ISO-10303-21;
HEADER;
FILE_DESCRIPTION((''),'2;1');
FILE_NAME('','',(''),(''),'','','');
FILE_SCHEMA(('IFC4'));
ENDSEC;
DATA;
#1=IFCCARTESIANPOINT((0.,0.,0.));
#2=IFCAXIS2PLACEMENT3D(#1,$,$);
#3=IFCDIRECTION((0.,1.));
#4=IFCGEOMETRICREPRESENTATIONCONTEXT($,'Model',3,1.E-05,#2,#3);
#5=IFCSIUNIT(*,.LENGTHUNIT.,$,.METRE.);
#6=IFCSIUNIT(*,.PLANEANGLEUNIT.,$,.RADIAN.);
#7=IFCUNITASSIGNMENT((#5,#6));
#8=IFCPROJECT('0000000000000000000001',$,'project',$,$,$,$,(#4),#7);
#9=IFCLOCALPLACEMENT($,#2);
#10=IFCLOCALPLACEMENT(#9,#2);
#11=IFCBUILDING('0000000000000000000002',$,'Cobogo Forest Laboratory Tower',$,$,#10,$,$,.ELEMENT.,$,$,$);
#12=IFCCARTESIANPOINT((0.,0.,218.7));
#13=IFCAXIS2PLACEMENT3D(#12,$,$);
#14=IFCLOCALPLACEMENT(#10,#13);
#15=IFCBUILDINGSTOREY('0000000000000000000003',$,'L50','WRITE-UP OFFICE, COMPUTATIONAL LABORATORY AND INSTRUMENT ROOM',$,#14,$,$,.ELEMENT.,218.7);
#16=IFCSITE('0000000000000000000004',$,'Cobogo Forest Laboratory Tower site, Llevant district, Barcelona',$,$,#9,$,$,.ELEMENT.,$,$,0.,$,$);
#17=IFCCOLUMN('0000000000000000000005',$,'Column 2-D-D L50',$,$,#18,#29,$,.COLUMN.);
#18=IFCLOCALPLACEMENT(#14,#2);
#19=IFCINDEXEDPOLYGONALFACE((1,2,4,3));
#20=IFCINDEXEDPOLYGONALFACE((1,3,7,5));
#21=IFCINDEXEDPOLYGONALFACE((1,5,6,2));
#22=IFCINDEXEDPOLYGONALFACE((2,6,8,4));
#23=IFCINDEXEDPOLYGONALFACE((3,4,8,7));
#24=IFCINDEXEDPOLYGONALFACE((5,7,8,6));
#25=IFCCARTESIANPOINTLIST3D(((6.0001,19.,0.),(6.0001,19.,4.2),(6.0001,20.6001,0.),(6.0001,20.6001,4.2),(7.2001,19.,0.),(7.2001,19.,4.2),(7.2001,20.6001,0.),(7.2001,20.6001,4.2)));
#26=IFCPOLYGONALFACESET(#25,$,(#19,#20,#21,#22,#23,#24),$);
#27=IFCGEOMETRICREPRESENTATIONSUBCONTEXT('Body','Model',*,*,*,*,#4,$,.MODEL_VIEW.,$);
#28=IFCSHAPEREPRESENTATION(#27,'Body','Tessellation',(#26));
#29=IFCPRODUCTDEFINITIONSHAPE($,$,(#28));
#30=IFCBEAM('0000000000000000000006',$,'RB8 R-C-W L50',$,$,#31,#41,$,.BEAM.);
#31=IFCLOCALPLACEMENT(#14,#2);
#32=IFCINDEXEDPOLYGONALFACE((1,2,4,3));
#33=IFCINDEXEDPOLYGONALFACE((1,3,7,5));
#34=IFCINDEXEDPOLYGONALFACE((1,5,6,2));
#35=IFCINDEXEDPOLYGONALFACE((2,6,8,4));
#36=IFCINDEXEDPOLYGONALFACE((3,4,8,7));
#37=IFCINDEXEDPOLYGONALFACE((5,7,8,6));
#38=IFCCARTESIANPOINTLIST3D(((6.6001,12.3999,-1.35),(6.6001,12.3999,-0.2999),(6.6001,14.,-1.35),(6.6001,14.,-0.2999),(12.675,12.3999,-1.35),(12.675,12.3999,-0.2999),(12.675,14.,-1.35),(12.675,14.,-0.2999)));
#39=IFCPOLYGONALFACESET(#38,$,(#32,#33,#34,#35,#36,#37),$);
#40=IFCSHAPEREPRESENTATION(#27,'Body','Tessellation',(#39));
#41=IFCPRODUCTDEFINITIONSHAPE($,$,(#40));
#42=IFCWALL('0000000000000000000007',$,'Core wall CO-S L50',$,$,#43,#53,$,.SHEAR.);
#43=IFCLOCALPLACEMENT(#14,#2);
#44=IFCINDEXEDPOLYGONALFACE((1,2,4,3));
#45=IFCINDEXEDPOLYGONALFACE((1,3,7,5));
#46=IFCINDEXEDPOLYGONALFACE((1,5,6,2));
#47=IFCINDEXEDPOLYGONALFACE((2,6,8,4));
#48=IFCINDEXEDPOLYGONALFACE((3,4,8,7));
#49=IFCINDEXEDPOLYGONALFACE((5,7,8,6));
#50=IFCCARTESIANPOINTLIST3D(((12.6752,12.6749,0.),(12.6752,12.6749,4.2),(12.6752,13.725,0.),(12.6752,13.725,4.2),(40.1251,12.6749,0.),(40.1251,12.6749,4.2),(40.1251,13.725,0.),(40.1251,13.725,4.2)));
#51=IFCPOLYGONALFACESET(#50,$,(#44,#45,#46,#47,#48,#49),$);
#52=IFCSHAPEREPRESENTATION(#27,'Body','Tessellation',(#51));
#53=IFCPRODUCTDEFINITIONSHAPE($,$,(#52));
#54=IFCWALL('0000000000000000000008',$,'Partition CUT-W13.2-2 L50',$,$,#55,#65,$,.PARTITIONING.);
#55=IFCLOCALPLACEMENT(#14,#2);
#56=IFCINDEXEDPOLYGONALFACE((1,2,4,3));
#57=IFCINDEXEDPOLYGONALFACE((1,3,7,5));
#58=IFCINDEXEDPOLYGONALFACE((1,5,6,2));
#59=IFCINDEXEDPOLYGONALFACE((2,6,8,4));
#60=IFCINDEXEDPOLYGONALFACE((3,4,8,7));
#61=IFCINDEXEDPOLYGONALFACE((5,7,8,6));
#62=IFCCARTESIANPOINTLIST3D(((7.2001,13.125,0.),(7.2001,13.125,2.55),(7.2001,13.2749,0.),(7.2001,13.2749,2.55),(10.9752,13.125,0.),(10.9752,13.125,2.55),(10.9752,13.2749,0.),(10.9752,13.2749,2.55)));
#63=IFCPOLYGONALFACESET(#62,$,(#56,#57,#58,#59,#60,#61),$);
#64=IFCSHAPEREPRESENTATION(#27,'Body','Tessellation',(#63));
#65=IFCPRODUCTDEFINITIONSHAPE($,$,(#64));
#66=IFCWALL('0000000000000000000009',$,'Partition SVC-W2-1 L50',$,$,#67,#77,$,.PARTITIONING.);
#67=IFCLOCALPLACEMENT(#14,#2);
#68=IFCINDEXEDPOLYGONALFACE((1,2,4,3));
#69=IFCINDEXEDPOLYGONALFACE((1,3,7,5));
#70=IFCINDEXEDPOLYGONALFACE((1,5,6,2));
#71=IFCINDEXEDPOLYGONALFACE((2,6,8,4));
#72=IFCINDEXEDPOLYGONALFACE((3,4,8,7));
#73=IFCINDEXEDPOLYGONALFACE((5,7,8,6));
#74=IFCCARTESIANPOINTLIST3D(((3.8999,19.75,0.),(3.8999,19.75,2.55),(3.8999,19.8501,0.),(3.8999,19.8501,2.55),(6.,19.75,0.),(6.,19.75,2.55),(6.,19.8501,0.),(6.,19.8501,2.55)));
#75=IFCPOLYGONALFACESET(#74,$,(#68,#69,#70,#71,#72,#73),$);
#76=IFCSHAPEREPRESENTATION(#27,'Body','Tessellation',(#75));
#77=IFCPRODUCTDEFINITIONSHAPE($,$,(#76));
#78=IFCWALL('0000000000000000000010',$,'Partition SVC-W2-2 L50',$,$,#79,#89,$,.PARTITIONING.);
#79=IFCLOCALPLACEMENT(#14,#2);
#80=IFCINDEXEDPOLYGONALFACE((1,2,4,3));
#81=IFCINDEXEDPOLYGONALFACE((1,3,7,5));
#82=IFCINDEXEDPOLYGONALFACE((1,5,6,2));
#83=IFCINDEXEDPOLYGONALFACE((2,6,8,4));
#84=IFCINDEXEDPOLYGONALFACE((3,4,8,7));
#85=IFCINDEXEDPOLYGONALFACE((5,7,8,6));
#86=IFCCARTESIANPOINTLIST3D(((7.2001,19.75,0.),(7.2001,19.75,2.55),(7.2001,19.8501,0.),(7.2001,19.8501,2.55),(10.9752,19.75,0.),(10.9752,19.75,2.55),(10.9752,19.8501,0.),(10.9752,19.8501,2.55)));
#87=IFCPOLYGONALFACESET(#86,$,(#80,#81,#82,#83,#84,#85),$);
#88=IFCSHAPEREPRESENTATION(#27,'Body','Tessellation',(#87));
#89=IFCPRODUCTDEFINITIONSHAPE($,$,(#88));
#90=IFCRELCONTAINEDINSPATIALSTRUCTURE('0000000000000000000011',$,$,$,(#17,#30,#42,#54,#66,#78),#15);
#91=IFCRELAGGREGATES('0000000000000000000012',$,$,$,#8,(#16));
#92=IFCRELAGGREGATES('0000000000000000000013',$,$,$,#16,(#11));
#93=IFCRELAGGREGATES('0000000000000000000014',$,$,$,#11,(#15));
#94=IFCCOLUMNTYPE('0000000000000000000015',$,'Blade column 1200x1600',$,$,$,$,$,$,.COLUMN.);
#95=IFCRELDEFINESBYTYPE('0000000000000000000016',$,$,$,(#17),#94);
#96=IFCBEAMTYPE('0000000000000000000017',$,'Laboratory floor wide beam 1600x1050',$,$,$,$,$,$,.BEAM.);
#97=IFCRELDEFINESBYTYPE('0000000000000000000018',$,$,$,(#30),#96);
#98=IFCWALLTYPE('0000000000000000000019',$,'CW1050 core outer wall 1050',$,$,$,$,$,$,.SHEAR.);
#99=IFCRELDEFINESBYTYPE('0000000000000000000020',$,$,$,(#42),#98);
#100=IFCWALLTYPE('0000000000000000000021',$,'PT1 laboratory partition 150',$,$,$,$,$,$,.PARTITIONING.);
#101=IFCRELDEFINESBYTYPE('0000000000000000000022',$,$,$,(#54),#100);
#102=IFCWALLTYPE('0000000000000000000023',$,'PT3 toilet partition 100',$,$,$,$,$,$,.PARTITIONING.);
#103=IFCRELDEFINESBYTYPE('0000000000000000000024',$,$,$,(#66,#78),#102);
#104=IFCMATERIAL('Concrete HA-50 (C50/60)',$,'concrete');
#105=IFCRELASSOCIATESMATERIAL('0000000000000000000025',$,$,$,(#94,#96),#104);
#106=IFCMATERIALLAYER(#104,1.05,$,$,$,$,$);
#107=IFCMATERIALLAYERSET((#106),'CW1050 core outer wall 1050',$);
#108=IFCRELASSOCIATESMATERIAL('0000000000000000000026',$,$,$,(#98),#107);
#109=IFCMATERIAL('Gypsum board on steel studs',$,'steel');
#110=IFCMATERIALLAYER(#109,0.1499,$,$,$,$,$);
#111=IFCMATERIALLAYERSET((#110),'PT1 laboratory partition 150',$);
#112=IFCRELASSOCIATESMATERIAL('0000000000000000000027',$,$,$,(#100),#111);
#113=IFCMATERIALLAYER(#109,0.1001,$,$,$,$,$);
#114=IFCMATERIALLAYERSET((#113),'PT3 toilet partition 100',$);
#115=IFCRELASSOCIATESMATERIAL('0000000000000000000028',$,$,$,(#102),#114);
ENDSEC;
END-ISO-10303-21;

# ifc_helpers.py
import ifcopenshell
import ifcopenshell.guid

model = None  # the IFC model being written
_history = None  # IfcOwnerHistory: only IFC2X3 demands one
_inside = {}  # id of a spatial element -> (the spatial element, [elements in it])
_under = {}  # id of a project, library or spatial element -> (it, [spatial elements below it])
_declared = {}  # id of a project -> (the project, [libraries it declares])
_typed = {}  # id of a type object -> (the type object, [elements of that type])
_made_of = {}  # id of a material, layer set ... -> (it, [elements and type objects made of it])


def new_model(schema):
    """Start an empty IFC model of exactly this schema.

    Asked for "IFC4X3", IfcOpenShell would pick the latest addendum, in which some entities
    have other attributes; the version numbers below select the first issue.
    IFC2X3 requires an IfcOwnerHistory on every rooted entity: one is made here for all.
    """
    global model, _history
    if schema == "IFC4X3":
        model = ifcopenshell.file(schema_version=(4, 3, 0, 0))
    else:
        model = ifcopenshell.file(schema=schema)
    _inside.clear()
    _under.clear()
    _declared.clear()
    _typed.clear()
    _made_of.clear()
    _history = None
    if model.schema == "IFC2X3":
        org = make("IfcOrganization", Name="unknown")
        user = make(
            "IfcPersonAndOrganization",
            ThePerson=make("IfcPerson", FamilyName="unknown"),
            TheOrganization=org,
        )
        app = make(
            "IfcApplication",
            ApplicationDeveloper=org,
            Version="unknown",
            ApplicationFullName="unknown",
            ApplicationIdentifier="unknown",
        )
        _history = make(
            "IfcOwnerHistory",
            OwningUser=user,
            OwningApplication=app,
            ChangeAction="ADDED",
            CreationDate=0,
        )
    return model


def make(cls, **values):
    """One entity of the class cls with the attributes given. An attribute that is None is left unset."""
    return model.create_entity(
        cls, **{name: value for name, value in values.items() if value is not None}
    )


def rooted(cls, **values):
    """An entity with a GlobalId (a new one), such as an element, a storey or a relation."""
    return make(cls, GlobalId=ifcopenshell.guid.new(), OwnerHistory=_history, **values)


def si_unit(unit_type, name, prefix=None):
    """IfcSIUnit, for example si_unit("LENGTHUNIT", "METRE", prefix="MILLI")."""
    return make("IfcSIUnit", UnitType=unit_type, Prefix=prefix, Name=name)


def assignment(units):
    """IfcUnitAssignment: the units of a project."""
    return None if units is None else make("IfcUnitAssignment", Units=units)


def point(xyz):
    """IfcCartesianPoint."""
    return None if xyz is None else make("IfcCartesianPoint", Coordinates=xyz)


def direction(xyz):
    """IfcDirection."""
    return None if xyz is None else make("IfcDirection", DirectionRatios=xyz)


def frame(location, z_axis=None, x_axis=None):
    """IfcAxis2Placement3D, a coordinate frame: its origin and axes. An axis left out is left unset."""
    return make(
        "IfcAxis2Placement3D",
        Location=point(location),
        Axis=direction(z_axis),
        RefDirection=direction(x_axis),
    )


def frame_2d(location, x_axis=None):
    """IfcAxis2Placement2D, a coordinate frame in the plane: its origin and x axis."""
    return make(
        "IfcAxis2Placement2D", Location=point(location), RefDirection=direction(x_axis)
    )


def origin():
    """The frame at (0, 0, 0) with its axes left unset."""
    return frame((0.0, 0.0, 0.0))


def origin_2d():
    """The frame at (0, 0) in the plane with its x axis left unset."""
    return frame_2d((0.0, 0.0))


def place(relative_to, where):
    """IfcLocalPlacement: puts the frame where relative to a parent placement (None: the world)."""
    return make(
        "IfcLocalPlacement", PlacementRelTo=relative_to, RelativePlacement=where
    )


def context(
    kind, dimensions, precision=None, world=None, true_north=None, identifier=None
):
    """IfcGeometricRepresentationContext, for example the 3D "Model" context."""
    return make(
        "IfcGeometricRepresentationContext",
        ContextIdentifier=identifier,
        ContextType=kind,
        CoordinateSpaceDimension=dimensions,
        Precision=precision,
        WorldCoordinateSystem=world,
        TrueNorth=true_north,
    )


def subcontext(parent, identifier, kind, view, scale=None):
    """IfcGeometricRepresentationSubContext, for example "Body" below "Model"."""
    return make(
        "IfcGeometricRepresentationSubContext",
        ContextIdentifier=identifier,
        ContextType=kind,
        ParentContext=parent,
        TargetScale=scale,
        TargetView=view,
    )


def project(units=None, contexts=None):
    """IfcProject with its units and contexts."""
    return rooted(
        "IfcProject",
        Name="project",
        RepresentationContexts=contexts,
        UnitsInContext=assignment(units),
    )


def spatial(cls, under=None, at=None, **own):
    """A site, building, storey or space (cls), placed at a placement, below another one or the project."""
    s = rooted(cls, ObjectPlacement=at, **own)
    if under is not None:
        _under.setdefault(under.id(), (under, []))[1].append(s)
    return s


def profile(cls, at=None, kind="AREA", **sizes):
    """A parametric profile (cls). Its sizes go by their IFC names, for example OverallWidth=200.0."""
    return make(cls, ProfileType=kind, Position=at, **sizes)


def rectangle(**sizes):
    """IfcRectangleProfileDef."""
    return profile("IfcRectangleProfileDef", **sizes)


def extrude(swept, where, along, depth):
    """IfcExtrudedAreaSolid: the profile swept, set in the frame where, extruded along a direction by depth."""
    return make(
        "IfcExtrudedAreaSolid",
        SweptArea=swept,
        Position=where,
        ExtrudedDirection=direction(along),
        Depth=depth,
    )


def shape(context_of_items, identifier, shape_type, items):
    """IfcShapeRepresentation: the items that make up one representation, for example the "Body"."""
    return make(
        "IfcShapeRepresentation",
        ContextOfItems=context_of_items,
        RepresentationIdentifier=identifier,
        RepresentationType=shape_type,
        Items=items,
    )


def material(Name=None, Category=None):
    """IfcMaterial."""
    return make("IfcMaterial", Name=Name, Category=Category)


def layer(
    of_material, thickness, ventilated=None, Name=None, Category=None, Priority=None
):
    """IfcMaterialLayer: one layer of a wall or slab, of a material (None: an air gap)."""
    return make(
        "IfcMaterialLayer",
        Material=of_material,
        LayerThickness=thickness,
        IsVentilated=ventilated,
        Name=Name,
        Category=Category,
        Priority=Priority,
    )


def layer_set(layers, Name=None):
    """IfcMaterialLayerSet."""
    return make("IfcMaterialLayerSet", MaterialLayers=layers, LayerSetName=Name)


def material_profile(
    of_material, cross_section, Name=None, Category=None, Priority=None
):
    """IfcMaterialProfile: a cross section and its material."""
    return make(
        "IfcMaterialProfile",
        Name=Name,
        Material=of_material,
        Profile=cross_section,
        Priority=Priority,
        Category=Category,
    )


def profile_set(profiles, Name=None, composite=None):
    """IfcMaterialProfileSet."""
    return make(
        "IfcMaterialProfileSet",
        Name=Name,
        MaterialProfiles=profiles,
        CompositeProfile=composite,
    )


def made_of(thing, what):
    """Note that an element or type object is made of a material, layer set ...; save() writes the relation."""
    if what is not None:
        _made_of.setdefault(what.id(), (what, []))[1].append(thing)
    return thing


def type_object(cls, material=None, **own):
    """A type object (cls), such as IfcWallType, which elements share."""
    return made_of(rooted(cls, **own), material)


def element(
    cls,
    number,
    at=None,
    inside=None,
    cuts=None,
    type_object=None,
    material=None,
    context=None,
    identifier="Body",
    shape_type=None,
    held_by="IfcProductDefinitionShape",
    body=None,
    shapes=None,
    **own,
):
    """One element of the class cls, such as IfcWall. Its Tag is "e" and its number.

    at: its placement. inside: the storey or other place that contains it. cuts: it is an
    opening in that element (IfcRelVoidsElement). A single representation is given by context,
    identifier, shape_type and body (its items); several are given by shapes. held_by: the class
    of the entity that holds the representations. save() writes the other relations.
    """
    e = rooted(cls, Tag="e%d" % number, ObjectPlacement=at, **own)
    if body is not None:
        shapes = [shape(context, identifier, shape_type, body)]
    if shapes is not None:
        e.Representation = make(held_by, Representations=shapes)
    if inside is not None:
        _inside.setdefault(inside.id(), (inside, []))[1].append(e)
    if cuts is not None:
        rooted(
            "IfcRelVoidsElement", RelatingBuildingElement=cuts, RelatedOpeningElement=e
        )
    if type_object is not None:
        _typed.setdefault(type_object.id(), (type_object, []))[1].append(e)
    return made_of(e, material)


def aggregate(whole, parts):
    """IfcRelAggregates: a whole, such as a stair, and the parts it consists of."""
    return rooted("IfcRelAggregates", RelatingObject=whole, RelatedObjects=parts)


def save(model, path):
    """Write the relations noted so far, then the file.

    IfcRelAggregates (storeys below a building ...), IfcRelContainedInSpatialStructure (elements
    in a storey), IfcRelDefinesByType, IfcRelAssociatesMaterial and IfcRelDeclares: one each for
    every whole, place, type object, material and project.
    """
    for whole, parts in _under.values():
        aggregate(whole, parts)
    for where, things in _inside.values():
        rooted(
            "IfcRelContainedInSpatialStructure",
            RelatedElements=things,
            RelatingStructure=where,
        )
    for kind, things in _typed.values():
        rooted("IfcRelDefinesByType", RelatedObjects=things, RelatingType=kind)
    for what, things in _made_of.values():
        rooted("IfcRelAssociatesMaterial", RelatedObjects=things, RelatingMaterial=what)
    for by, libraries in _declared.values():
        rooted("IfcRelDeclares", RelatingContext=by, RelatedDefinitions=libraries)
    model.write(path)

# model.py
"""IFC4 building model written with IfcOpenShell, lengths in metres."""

from ifc_helpers import new_model, si_unit, direction, frame, frame_2d, origin, origin_2d, place, context, subcontext, project, spatial, rectangle, extrude, material, layer, layer_set, material_profile, profile_set, type_object, element, save


model = new_model("IFC4")

# Units and contexts
model_context = context("Model", 3, precision=1e-05, world=origin(), true_north=direction((0.0, 1.0)))
body_context = subcontext(model_context, "Body", "Model", "MODEL_VIEW")
ifc_project = project(units=[si_unit("LENGTHUNIT", "METRE"), si_unit("PLANEANGLEUNIT", "RADIAN")], contexts=[model_context])

# Site, building, storey
site_placement = place(None, origin())
site = spatial("IfcSite", under=ifc_project, at=site_placement, Name="Cobogo Forest Laboratory Tower site, Llevant district, Barcelona", CompositionType="ELEMENT", RefElevation=0.0)
building_placement = place(site_placement, origin())
building = spatial("IfcBuilding", under=site, at=building_placement, Name="Cobogo Forest Laboratory Tower", CompositionType="ELEMENT")
storey_placement = place(building_placement, frame((0.0, 0.0, 218.7)))
storey = spatial("IfcBuildingStorey", under=building, at=storey_placement, Name="L50", Description="WRITE-UP OFFICE, COMPUTATIONAL LABORATORY AND INSTRUMENT ROOM", CompositionType="ELEMENT", Elevation=218.7)

# Column
ifc_material_1 = material(Name="Concrete HA-50 (C50/60)", Category="concrete")
ifc_material_profile_1 = material_profile(ifc_material_1, rectangle(XDim=1.6001, YDim=1.2, at=origin_2d()), Name="RC 1200x1600")
ifc_profile_set_1 = profile_set([ifc_material_profile_1], Name="Concrete HA-50 (C50/60)")
column_type = type_object("IfcColumnType", Name="Blade column 1200x1600", PredefinedType="COLUMN", material=ifc_profile_set_1)
column_placement = place(storey_placement, frame((6.6001, 19.8, 0.0), z_axis=(0.0, 0.0, 1.0), x_axis=(0.0, 1.0, 0.0)))
element("IfcColumn", 1, at=column_placement, inside=storey, type_object=column_type, Name="Column 2-D-D L50", PredefinedType="COLUMN", context=body_context, shape_type="SweptSolid", body=[
    extrude(rectangle(XDim=1.6001, YDim=1.2, at=origin_2d()), origin(), (0.0, 0.0, 1.0), 4.2),
])

# Beam
ifc_material_profile_2 = material_profile(ifc_material_1, rectangle(XDim=1.6001, YDim=1.05, at=origin_2d()), Name="RC 1600x1050")
ifc_profile_set_2 = profile_set([ifc_material_profile_2], Name="Concrete HA-50 (C50/60)")
beam_type = type_object("IfcBeamType", Name="Laboratory floor wide beam 1600x1050", PredefinedType="BEAM", material=ifc_profile_set_2)
beam_placement = place(storey_placement, frame((12.675, 13.2, -0.825), z_axis=(-1.0, 0.0, 0.0), x_axis=(0.0, -1.0, 0.0)))
element("IfcBeam", 2, at=beam_placement, inside=storey, type_object=beam_type, Name="RB8 R-C-W L50", PredefinedType="BEAM", context=body_context, shape_type="SweptSolid", body=[
    extrude(rectangle(XDim=1.6001, YDim=1.05, at=origin_2d()), origin(), (0.0, 0.0, 1.0), 6.075),
])

# Walls
ifc_layer_1 = layer(ifc_material_1, 1.05)
ifc_layer_set_1 = layer_set([ifc_layer_1], Name="CW1050 core outer wall 1050")
wall_type_1 = type_object("IfcWallType", Name="CW1050 core outer wall 1050", PredefinedType="SHEAR", material=ifc_layer_set_1)
wall_1_placement = place(storey_placement, frame((12.675, 13.2, 0.0), z_axis=(0.0, 0.0, 1.0), x_axis=(1.0, 0.0, 0.0)))
element("IfcWall", 3, at=wall_1_placement, inside=storey, type_object=wall_type_1, Name="Core wall CO-S L50", PredefinedType="SHEAR", context=body_context, shape_type="SweptSolid", body=[
    extrude(rectangle(XDim=27.45, YDim=1.05, at=frame_2d((13.7251, 0.0))), origin(), (0.0, 0.0, 1.0), 4.2),
])
ifc_material_2 = material(Name="Gypsum board on steel studs", Category="steel")
ifc_layer_2 = layer(ifc_material_2, 0.1499)
ifc_layer_set_2 = layer_set([ifc_layer_2], Name="PT1 laboratory partition 150")
wall_type_2 = type_object("IfcWallType", Name="PT1 laboratory partition 150", PredefinedType="PARTITIONING", material=ifc_layer_set_2)
wall_2_placement = place(storey_placement, frame((7.2, 13.2, 0.0), z_axis=(0.0, 0.0, 1.0), x_axis=(1.0, 0.0, 0.0)))
element("IfcWall", 4, at=wall_2_placement, inside=storey, type_object=wall_type_2, Name="Partition CUT-W13.2-2 L50", PredefinedType="PARTITIONING", context=body_context, shape_type="SweptSolid", body=[
    extrude(rectangle(XDim=3.7751, YDim=0.1499, at=frame_2d((1.8877, 0.0))), origin(), (0.0, 0.0, 1.0), 2.55),
])
ifc_layer_3 = layer(ifc_material_2, 0.1001)
ifc_layer_set_3 = layer_set([ifc_layer_3], Name="PT3 toilet partition 100")
wall_type_3 = type_object("IfcWallType", Name="PT3 toilet partition 100", PredefinedType="PARTITIONING", material=ifc_layer_set_3)
wall_3_placement = place(storey_placement, frame((3.8999, 19.8, 0.0), z_axis=(0.0, 0.0, 1.0), x_axis=(1.0, 0.0, 0.0)))
element("IfcWall", 5, at=wall_3_placement, inside=storey, type_object=wall_type_3, Name="Partition SVC-W2-1 L50", PredefinedType="PARTITIONING", context=body_context, shape_type="SweptSolid", body=[
    extrude(rectangle(XDim=2.1001, YDim=0.1001, at=frame_2d((1.05, 0.0))), origin(), (0.0, 0.0, 1.0), 2.55),
])
wall_4_placement = place(storey_placement, frame((7.2, 19.8, 0.0), z_axis=(0.0, 0.0, 1.0), x_axis=(1.0, 0.0, 0.0)))
element("IfcWall", 6, at=wall_4_placement, inside=storey, type_object=wall_type_3, Name="Partition SVC-W2-2 L50", PredefinedType="PARTITIONING", context=body_context, shape_type="SweptSolid", body=[
    extrude(rectangle(XDim=3.7751, YDim=0.1001, at=frame_2d((1.8877, 0.0))), origin(), (0.0, 0.0, 1.0), 2.55),
])

save(model, "model.ifc")
